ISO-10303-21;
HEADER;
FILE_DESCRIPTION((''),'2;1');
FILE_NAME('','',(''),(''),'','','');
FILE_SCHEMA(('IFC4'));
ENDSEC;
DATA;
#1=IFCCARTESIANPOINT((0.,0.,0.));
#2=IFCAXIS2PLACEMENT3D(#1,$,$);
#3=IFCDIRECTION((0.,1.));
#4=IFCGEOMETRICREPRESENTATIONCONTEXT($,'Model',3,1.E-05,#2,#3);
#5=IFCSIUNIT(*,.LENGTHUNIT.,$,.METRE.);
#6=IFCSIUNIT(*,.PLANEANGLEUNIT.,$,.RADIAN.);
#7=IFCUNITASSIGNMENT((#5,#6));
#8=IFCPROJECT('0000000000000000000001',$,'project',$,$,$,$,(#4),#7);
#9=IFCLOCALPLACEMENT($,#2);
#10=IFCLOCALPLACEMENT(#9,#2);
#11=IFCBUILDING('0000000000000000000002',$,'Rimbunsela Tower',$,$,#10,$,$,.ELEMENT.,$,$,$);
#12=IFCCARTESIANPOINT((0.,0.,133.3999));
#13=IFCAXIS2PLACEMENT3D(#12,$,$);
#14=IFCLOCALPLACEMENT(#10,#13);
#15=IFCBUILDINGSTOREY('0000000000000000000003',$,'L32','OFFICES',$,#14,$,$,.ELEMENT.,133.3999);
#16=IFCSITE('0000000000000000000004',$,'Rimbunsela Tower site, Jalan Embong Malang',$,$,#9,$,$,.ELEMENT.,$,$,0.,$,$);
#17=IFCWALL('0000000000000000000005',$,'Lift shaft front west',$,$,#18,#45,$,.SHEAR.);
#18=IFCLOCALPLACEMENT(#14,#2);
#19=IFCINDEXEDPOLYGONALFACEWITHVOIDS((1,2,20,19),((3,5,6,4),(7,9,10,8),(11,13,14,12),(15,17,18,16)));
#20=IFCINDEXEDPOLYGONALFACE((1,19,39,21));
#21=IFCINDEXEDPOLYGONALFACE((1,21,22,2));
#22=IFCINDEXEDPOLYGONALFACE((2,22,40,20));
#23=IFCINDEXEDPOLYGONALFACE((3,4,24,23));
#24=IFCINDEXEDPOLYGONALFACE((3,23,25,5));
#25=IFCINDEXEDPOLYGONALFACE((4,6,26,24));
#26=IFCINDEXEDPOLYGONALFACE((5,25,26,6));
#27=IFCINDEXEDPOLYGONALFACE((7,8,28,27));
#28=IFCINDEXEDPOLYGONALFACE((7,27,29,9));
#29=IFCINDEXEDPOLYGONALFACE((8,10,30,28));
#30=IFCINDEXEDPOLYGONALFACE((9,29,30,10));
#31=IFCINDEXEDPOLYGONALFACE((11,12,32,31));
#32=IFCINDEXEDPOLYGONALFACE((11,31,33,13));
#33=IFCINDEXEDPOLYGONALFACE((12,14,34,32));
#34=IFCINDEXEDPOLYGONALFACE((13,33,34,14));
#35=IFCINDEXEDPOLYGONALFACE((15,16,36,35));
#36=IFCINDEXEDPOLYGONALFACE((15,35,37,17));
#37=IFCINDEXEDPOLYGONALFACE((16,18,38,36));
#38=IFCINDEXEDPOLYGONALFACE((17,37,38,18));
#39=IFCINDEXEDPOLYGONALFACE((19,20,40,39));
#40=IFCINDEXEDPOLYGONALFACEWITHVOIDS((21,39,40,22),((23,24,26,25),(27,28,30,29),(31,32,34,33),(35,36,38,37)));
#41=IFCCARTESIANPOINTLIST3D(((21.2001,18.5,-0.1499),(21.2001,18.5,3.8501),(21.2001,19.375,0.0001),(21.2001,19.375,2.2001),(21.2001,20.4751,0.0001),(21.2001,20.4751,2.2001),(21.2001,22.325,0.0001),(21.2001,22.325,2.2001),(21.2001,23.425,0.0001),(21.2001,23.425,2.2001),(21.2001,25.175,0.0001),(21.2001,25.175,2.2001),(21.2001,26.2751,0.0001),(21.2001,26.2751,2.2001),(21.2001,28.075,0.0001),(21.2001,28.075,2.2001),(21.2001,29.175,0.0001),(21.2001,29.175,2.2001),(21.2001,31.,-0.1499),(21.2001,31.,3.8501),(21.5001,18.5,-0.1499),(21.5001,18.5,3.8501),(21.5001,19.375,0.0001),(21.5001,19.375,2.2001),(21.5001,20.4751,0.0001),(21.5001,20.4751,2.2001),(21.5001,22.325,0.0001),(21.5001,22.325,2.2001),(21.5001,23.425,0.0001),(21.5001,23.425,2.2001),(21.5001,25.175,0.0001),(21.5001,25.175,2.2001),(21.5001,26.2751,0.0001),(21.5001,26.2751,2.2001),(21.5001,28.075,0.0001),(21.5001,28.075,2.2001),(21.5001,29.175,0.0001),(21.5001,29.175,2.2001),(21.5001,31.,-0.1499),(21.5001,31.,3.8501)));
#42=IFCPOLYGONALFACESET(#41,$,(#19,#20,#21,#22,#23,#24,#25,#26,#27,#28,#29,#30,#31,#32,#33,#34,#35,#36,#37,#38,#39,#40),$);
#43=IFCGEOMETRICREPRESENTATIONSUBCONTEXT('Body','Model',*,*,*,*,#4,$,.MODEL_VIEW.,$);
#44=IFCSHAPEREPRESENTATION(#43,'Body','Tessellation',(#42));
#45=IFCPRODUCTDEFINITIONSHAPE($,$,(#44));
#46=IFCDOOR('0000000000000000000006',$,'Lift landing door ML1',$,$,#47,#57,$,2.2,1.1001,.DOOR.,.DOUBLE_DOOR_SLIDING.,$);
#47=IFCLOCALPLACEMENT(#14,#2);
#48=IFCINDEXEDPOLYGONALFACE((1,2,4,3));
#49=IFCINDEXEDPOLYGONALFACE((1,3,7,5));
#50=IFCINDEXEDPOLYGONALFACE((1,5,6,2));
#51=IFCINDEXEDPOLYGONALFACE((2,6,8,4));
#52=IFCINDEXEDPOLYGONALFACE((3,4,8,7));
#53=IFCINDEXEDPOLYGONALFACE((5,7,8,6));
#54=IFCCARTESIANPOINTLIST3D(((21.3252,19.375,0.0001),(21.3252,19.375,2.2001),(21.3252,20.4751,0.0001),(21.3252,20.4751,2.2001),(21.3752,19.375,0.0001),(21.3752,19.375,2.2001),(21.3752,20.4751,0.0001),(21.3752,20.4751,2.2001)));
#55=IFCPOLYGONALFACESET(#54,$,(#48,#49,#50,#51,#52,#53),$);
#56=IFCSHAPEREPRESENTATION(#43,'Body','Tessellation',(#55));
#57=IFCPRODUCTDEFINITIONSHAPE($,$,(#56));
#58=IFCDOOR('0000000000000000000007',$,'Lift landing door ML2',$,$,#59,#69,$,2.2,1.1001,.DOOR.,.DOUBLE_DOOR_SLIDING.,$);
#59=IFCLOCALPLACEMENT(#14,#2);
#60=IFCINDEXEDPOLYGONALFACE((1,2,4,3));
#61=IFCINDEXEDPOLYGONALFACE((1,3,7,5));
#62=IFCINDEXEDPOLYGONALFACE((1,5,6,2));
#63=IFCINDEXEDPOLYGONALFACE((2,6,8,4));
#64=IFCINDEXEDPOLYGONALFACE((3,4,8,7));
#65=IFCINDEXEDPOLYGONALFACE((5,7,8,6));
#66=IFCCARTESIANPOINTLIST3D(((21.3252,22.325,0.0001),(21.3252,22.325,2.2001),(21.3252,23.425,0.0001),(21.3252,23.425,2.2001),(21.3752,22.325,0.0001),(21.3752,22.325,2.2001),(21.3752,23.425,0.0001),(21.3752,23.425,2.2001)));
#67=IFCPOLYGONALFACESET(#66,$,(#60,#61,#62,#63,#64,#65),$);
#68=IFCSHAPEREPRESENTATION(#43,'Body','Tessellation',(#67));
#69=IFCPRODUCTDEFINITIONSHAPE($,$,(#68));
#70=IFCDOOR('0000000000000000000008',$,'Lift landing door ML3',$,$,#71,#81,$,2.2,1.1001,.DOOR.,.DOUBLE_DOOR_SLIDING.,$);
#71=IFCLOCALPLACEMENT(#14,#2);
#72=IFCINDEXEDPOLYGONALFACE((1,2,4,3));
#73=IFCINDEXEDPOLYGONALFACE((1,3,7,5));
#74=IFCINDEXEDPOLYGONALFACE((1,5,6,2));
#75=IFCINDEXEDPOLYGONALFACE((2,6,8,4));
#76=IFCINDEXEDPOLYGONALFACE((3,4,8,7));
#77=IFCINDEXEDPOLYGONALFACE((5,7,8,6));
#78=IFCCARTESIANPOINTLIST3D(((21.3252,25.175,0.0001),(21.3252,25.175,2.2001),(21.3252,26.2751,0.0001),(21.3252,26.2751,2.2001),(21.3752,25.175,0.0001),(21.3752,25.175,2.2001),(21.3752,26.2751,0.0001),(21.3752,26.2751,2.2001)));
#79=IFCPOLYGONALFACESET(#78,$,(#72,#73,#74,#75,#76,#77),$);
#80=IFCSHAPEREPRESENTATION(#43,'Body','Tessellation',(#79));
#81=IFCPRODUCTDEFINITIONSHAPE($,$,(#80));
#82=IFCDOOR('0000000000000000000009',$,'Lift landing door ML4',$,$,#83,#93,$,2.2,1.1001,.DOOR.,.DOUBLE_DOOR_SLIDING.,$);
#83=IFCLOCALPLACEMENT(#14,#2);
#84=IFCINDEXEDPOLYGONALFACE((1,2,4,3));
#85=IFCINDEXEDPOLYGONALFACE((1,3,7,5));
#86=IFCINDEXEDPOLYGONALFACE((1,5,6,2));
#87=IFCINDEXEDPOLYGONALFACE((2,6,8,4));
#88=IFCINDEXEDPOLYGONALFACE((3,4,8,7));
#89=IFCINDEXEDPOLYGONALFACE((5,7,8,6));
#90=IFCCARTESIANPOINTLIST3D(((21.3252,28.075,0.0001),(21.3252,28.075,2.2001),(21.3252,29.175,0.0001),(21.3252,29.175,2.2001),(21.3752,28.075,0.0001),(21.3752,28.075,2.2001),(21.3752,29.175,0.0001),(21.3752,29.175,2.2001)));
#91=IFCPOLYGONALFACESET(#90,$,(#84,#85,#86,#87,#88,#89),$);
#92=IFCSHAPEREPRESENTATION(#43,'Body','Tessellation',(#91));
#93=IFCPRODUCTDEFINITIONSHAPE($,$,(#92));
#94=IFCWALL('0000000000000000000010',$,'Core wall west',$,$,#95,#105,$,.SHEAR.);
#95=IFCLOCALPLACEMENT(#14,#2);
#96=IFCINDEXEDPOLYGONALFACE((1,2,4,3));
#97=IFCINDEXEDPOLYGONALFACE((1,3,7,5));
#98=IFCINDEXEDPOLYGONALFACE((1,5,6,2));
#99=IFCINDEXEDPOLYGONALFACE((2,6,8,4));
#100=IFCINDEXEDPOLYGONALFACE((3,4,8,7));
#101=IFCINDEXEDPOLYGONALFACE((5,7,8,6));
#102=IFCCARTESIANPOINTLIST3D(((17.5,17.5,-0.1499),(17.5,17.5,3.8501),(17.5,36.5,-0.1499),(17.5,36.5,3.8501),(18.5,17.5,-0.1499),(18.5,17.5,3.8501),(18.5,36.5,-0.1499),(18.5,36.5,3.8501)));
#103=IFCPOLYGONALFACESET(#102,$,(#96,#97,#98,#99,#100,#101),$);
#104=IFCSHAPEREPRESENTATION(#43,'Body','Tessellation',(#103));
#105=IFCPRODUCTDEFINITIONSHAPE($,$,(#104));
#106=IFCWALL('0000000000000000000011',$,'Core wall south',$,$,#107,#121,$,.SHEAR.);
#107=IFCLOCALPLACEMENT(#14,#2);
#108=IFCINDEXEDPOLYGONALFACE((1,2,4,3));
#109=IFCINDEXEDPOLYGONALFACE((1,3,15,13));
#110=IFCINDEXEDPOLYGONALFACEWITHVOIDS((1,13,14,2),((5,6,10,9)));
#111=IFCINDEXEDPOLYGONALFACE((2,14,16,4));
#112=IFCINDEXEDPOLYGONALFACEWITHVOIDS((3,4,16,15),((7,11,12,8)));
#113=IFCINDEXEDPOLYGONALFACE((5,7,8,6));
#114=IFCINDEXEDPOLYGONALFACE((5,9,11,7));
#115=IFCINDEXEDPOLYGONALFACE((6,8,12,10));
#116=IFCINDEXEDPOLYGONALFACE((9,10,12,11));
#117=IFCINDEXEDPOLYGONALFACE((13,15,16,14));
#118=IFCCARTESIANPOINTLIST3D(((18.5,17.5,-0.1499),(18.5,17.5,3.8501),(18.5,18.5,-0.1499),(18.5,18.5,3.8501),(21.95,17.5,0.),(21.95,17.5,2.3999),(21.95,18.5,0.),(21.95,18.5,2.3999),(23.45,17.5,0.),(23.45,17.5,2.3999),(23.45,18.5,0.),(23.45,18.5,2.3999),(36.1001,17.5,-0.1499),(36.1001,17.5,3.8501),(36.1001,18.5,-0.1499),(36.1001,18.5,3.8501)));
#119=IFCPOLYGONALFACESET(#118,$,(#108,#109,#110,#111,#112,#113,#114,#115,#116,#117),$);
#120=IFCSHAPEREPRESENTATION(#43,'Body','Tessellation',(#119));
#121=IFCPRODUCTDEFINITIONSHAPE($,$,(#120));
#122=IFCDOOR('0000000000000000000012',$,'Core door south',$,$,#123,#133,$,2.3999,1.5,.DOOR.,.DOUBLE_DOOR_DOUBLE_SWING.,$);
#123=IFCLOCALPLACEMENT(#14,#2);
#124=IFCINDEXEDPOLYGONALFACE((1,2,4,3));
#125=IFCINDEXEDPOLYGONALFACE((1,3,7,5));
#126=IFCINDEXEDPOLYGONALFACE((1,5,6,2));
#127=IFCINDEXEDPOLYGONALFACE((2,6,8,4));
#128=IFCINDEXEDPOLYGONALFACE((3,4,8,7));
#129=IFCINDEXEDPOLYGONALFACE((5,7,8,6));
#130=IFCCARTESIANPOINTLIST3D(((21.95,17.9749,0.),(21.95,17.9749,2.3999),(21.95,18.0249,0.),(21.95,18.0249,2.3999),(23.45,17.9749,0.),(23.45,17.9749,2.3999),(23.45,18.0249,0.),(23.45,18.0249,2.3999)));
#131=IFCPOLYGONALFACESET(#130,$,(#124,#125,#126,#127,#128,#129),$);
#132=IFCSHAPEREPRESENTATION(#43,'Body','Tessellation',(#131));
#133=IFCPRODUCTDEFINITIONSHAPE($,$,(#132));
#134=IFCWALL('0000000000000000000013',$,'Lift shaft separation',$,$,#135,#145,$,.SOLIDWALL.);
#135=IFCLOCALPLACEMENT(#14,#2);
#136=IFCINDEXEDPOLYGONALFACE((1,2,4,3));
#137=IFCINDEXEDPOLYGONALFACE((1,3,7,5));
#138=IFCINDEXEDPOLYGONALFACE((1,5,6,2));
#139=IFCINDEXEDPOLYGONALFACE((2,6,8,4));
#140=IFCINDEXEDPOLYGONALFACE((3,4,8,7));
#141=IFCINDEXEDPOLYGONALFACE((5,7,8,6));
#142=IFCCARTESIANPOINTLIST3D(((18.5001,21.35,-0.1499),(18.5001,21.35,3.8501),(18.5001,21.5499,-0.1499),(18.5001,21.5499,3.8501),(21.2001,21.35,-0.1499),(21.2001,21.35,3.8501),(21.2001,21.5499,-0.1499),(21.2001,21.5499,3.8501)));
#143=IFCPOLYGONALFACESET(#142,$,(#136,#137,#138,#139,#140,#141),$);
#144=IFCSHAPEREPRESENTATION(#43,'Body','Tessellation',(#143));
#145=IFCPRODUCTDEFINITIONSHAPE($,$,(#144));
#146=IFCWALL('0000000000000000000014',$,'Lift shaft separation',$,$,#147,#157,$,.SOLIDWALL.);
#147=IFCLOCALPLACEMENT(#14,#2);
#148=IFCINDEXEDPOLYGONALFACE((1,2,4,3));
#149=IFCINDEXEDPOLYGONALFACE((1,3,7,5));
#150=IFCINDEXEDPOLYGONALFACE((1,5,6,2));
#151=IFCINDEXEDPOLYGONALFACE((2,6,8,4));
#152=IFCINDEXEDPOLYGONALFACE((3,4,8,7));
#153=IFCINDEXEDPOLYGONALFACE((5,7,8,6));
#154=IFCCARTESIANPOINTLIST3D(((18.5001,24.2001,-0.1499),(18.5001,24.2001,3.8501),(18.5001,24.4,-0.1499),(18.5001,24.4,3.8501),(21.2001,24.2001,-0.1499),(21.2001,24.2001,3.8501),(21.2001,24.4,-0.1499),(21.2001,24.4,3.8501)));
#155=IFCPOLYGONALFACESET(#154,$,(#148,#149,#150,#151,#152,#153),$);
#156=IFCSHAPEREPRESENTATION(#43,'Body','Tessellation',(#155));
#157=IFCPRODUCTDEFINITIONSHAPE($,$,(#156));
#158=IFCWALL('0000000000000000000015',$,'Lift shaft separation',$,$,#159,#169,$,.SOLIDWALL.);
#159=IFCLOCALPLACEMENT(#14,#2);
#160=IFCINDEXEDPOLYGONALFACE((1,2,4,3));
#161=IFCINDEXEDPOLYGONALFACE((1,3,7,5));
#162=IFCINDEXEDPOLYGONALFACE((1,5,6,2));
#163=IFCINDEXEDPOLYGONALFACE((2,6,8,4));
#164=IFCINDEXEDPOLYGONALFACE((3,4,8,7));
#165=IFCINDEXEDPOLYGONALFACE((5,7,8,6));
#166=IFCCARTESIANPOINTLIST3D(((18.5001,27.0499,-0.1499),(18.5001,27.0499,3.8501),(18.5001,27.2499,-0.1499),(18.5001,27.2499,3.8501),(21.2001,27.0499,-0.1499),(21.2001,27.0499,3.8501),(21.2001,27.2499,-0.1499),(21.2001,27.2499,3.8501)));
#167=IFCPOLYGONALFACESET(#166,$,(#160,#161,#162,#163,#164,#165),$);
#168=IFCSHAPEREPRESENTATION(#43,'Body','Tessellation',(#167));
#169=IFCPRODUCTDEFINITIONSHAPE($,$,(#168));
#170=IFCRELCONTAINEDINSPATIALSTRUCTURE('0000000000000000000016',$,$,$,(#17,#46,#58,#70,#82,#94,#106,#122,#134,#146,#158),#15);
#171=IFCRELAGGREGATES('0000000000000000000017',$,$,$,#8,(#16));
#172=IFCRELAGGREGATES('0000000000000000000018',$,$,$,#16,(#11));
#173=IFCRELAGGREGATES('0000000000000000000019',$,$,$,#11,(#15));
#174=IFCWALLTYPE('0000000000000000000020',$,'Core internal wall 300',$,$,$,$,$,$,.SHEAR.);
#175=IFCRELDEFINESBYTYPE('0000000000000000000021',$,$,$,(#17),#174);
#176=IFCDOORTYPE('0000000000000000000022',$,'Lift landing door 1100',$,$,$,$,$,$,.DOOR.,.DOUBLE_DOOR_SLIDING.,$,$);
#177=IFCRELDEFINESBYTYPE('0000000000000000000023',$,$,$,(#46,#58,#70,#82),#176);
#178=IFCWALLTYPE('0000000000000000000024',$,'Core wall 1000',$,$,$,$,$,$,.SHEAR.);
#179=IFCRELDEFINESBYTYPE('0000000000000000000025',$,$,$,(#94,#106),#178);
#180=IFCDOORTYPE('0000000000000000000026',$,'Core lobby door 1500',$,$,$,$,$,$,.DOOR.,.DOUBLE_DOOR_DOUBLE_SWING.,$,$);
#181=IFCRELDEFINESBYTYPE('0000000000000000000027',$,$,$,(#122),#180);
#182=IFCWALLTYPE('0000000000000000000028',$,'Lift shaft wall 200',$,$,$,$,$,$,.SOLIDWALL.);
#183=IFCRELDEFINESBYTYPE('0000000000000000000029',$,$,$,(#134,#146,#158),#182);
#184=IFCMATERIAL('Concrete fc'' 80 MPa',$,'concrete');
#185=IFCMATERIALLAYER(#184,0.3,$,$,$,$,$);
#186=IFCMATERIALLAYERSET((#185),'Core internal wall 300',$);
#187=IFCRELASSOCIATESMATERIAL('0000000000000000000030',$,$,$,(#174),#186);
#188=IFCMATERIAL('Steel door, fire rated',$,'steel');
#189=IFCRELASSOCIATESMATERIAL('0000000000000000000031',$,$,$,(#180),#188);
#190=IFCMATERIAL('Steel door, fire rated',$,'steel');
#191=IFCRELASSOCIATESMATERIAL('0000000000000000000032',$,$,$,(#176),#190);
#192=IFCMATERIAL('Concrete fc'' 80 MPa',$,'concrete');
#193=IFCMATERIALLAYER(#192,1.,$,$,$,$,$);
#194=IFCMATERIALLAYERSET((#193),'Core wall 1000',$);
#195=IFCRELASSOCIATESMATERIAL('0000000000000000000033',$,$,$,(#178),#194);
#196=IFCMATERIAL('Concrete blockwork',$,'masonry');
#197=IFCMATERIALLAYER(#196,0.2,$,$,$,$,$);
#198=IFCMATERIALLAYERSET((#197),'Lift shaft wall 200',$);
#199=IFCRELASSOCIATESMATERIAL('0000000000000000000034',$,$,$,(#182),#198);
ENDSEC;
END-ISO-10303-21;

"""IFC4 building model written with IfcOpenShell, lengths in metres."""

from ifc_helpers import new_model, si_unit, direction, frame, frame_2d, origin, place, context, subcontext, project, spatial, rectangle, extrude, material, layer, layer_set, type_object, element, fill, save


model = new_model("IFC4")

# Units and contexts
model_context = context("Model", 3, precision=1e-05, world=origin(), true_north=direction((0.0, 1.0)))
body_context = subcontext(model_context, "Body", "Model", "MODEL_VIEW")
ifc_project = project(units=[si_unit("LENGTHUNIT", "METRE"), si_unit("PLANEANGLEUNIT", "RADIAN")], contexts=[model_context])

# Site, building, storey
site_placement = place(None, origin())
site = spatial("IfcSite", under=ifc_project, at=site_placement, Name="Rimbunsela Tower site, Jalan Embong Malang", CompositionType="ELEMENT", RefElevation=0.0)
building_placement = place(site_placement, origin())
building = spatial("IfcBuilding", under=site, at=building_placement, Name="Rimbunsela Tower", CompositionType="ELEMENT")
storey_placement = place(building_placement, frame((0.0, 0.0, 133.3999)))
storey = spatial("IfcBuildingStorey", under=building, at=storey_placement, Name="L32", Description="OFFICES", CompositionType="ELEMENT", Elevation=133.3999)

# Shared definitions
ifc_material_1 = material(Name="Concrete fc' 80 MPa", Category="concrete")
ifc_layer_1 = layer(ifc_material_1, 0.3)
ifc_layer_set_1 = layer_set([ifc_layer_1], Name="Core internal wall 300")
wall_type_1 = type_object("IfcWallType", Name="Core internal wall 300", PredefinedType="SHEAR", material=ifc_layer_set_1)
ifc_material_2 = material(Name="Steel door, fire rated", Category="steel")
door_type_1 = type_object("IfcDoorType", Name="Core lobby door 1500", OperationType="DOUBLE_DOOR_DOUBLE_SWING", PredefinedType="DOOR", material=ifc_material_2)

# Wall, openings, doors
wall_1_placement = place(storey_placement, frame((21.3501, 18.5, -0.1499), z_axis=(0.0, 0.0, 1.0), x_axis=(0.0, 1.0, 0.0)))
wall_1 = element("IfcWall", 1, at=wall_1_placement, inside=storey, type_object=wall_type_1, Name="Lift shaft front west", PredefinedType="SHEAR", context=body_context, shape_type="SweptSolid", body=[
    extrude(rectangle(XDim=12.5, YDim=0.3, at=frame_2d((6.25, 0.0))), origin(), (0.0, 0.0, 1.0), 4.0),
])
opening_1_placement = place(wall_1_placement, frame((0.875, 0.0, 0.1499)))
opening_1 = element("IfcOpeningElement", 2, at=opening_1_placement, cuts=wall_1, PredefinedType="OPENING", context=body_context, shape_type="SweptSolid", body=[
    extrude(rectangle(XDim=1.1001, YDim=2.2, at=frame_2d((0.55, 1.1001))), frame((0.0, 0.1599, 0.0), z_axis=(0.0, -1.0, 0.0), x_axis=(1.0, 0.0, 0.0)), (0.0, 0.0, 1.0), 0.3201),
])
opening_2_placement = place(wall_1_placement, frame((3.825, 0.0, 0.1499)))
opening_2 = element("IfcOpeningElement", 3, at=opening_2_placement, cuts=wall_1, PredefinedType="OPENING", context=body_context, shape_type="SweptSolid", body=[
    extrude(rectangle(XDim=1.1001, YDim=2.2, at=frame_2d((0.55, 1.1001))), frame((0.0, 0.1599, 0.0), z_axis=(0.0, -1.0, 0.0), x_axis=(1.0, 0.0, 0.0)), (0.0, 0.0, 1.0), 0.3201),
])
opening_3_placement = place(wall_1_placement, frame((6.675, 0.0, 0.1499)))
opening_3 = element("IfcOpeningElement", 4, at=opening_3_placement, cuts=wall_1, PredefinedType="OPENING", context=body_context, shape_type="SweptSolid", body=[
    extrude(rectangle(XDim=1.1001, YDim=2.2, at=frame_2d((0.55, 1.1001))), frame((0.0, 0.1599, 0.0), z_axis=(0.0, -1.0, 0.0), x_axis=(1.0, 0.0, 0.0)), (0.0, 0.0, 1.0), 0.3201),
])
opening_4_placement = place(wall_1_placement, frame((9.575, 0.0, 0.1499)))
opening_4 = element("IfcOpeningElement", 5, at=opening_4_placement, cuts=wall_1, PredefinedType="OPENING", context=body_context, shape_type="SweptSolid", body=[
    extrude(rectangle(XDim=1.1001, YDim=2.2, at=frame_2d((0.55, 1.1001))), frame((0.0, 0.1599, 0.0), z_axis=(0.0, -1.0, 0.0), x_axis=(1.0, 0.0, 0.0)), (0.0, 0.0, 1.0), 0.3201),
])
ifc_material_3 = material(Name="Steel door, fire rated", Category="steel")
door_type_2 = type_object("IfcDoorType", Name="Lift landing door 1100", OperationType="DOUBLE_DOOR_SLIDING", PredefinedType="DOOR", material=ifc_material_3)
door_1_placement = place(opening_1_placement, origin())
door_1 = element("IfcDoor", 6, at=door_1_placement, inside=storey, type_object=door_type_2, Name="Lift landing door ML1", OperationType="DOUBLE_DOOR_SLIDING", OverallHeight=2.2, OverallWidth=1.1001, PredefinedType="DOOR", context=body_context, shape_type="SweptSolid", body=[
    extrude(rectangle(XDim=1.1001, YDim=2.2, at=frame_2d((0.55, 1.1001))), frame((0.0, 0.0249, 0.0), z_axis=(0.0, -1.0, 0.0), x_axis=(1.0, 0.0, 0.0)), (0.0, 0.0, 1.0), 0.05),
])
fill(opening_1, door_1)
door_2_placement = place(opening_2_placement, origin())
door_2 = element("IfcDoor", 7, at=door_2_placement, inside=storey, type_object=door_type_2, Name="Lift landing door ML2", OperationType="DOUBLE_DOOR_SLIDING", OverallHeight=2.2, OverallWidth=1.1001, PredefinedType="DOOR", context=body_context, shape_type="SweptSolid", body=[
    extrude(rectangle(XDim=1.1001, YDim=2.2, at=frame_2d((0.55, 1.1001))), frame((0.0, 0.0249, 0.0), z_axis=(0.0, -1.0, 0.0), x_axis=(1.0, 0.0, 0.0)), (0.0, 0.0, 1.0), 0.05),
])
fill(opening_2, door_2)
door_3_placement = place(opening_3_placement, origin())
door_3 = element("IfcDoor", 8, at=door_3_placement, inside=storey, type_object=door_type_2, Name="Lift landing door ML3", OperationType="DOUBLE_DOOR_SLIDING", OverallHeight=2.2, OverallWidth=1.1001, PredefinedType="DOOR", context=body_context, shape_type="SweptSolid", body=[
    extrude(rectangle(XDim=1.1001, YDim=2.2, at=frame_2d((0.55, 1.1001))), frame((0.0, 0.0249, 0.0), z_axis=(0.0, -1.0, 0.0), x_axis=(1.0, 0.0, 0.0)), (0.0, 0.0, 1.0), 0.05),
])
fill(opening_3, door_3)
door_4_placement = place(opening_4_placement, origin())
door_4 = element("IfcDoor", 9, at=door_4_placement, inside=storey, type_object=door_type_2, Name="Lift landing door ML4", OperationType="DOUBLE_DOOR_SLIDING", OverallHeight=2.2, OverallWidth=1.1001, PredefinedType="DOOR", context=body_context, shape_type="SweptSolid", body=[
    extrude(rectangle(XDim=1.1001, YDim=2.2, at=frame_2d((0.55, 1.1001))), frame((0.0, 0.0249, 0.0), z_axis=(0.0, -1.0, 0.0), x_axis=(1.0, 0.0, 0.0)), (0.0, 0.0, 1.0), 0.05),
])
fill(opening_4, door_4)

# Wall
ifc_material_4 = material(Name="Concrete fc' 80 MPa", Category="concrete")
ifc_layer_2 = layer(ifc_material_4, 1.0)
ifc_layer_set_2 = layer_set([ifc_layer_2], Name="Core wall 1000")
wall_type_2 = type_object("IfcWallType", Name="Core wall 1000", PredefinedType="SHEAR", material=ifc_layer_set_2)
wall_2_placement = place(storey_placement, frame((18.0, 17.5, -0.1499), z_axis=(0.0, 0.0, 1.0), x_axis=(0.0, 1.0, 0.0)))
element("IfcWall", 10, at=wall_2_placement, inside=storey, type_object=wall_type_2, Name="Core wall west", PredefinedType="SHEAR", context=body_context, shape_type="SweptSolid", body=[
    extrude(rectangle(XDim=19.0, YDim=1.0, at=frame_2d((9.5, 0.0))), origin(), (0.0, 0.0, 1.0), 4.0),
])

# Wall, opening, door
wall_3_placement = place(storey_placement, frame((18.5, 18.0, -0.1499), z_axis=(0.0, 0.0, 1.0), x_axis=(1.0, 0.0, 0.0)))
wall_3 = element("IfcWall", 11, at=wall_3_placement, inside=storey, type_object=wall_type_2, Name="Core wall south", PredefinedType="SHEAR", context=body_context, shape_type="SweptSolid", body=[
    extrude(rectangle(XDim=17.6001, YDim=1.0, at=frame_2d((8.8, 0.0))), origin(), (0.0, 0.0, 1.0), 4.0),
])
opening_5_placement = place(wall_3_placement, frame((3.45, 0.0, 0.1499)))
opening_5 = element("IfcOpeningElement", 12, at=opening_5_placement, cuts=wall_3, PredefinedType="OPENING", context=body_context, shape_type="SweptSolid", body=[
    extrude(rectangle(XDim=1.5, YDim=2.3999, at=frame_2d((0.75, 1.2))), frame((0.0, 0.51, 0.0), z_axis=(0.0, -1.0, 0.0), x_axis=(1.0, 0.0, 0.0)), (0.0, 0.0, 1.0), 1.02),
])
door_5_placement = place(opening_5_placement, origin())
door_5 = element("IfcDoor", 13, at=door_5_placement, inside=storey, type_object=door_type_1, Name="Core door south", OperationType="DOUBLE_DOOR_DOUBLE_SWING", OverallHeight=2.3999, OverallWidth=1.5, PredefinedType="DOOR", context=body_context, shape_type="SweptSolid", body=[
    extrude(rectangle(XDim=1.5, YDim=2.3999, at=frame_2d((0.75, 1.2))), frame((0.0, 0.0249, 0.0), z_axis=(0.0, -1.0, 0.0), x_axis=(1.0, 0.0, 0.0)), (0.0, 0.0, 1.0), 0.05),
])
fill(opening_5, door_5)

# Walls
ifc_material_5 = material(Name="Concrete blockwork", Category="masonry")
ifc_layer_3 = layer(ifc_material_5, 0.2)
ifc_layer_set_3 = layer_set([ifc_layer_3], Name="Lift shaft wall 200")
wall_type_3 = type_object("IfcWallType", Name="Lift shaft wall 200", PredefinedType="SOLIDWALL", material=ifc_layer_set_3)
for number, where, z_axis, x_axis, name in (
    (14, (18.5, 21.45, -0.1499), (0.0, 0.0, 1.0), (1.0, 0.0, 0.0), "Lift shaft separation"),
    (15, (18.5, 24.3, -0.1499), (0.0, 0.0, 1.0), (1.0, 0.0, 0.0), "Lift shaft separation"),
    (16, (18.5, 27.1499, -0.1499), (0.0, 0.0, 1.0), (1.0, 0.0, 0.0), "Lift shaft separation"),
):
    element("IfcWall", number, at=place(storey_placement, frame(where, z_axis=z_axis, x_axis=x_axis)), inside=storey, type_object=wall_type_3, Name=name, PredefinedType="SOLIDWALL", context=body_context, shape_type="SweptSolid", body=[
        extrude(rectangle(XDim=2.7, YDim=0.2, at=frame_2d((1.3501, 0.0))), origin(), (0.0, 0.0, 1.0), 4.0),
    ])

save(model, "model.ifc")
